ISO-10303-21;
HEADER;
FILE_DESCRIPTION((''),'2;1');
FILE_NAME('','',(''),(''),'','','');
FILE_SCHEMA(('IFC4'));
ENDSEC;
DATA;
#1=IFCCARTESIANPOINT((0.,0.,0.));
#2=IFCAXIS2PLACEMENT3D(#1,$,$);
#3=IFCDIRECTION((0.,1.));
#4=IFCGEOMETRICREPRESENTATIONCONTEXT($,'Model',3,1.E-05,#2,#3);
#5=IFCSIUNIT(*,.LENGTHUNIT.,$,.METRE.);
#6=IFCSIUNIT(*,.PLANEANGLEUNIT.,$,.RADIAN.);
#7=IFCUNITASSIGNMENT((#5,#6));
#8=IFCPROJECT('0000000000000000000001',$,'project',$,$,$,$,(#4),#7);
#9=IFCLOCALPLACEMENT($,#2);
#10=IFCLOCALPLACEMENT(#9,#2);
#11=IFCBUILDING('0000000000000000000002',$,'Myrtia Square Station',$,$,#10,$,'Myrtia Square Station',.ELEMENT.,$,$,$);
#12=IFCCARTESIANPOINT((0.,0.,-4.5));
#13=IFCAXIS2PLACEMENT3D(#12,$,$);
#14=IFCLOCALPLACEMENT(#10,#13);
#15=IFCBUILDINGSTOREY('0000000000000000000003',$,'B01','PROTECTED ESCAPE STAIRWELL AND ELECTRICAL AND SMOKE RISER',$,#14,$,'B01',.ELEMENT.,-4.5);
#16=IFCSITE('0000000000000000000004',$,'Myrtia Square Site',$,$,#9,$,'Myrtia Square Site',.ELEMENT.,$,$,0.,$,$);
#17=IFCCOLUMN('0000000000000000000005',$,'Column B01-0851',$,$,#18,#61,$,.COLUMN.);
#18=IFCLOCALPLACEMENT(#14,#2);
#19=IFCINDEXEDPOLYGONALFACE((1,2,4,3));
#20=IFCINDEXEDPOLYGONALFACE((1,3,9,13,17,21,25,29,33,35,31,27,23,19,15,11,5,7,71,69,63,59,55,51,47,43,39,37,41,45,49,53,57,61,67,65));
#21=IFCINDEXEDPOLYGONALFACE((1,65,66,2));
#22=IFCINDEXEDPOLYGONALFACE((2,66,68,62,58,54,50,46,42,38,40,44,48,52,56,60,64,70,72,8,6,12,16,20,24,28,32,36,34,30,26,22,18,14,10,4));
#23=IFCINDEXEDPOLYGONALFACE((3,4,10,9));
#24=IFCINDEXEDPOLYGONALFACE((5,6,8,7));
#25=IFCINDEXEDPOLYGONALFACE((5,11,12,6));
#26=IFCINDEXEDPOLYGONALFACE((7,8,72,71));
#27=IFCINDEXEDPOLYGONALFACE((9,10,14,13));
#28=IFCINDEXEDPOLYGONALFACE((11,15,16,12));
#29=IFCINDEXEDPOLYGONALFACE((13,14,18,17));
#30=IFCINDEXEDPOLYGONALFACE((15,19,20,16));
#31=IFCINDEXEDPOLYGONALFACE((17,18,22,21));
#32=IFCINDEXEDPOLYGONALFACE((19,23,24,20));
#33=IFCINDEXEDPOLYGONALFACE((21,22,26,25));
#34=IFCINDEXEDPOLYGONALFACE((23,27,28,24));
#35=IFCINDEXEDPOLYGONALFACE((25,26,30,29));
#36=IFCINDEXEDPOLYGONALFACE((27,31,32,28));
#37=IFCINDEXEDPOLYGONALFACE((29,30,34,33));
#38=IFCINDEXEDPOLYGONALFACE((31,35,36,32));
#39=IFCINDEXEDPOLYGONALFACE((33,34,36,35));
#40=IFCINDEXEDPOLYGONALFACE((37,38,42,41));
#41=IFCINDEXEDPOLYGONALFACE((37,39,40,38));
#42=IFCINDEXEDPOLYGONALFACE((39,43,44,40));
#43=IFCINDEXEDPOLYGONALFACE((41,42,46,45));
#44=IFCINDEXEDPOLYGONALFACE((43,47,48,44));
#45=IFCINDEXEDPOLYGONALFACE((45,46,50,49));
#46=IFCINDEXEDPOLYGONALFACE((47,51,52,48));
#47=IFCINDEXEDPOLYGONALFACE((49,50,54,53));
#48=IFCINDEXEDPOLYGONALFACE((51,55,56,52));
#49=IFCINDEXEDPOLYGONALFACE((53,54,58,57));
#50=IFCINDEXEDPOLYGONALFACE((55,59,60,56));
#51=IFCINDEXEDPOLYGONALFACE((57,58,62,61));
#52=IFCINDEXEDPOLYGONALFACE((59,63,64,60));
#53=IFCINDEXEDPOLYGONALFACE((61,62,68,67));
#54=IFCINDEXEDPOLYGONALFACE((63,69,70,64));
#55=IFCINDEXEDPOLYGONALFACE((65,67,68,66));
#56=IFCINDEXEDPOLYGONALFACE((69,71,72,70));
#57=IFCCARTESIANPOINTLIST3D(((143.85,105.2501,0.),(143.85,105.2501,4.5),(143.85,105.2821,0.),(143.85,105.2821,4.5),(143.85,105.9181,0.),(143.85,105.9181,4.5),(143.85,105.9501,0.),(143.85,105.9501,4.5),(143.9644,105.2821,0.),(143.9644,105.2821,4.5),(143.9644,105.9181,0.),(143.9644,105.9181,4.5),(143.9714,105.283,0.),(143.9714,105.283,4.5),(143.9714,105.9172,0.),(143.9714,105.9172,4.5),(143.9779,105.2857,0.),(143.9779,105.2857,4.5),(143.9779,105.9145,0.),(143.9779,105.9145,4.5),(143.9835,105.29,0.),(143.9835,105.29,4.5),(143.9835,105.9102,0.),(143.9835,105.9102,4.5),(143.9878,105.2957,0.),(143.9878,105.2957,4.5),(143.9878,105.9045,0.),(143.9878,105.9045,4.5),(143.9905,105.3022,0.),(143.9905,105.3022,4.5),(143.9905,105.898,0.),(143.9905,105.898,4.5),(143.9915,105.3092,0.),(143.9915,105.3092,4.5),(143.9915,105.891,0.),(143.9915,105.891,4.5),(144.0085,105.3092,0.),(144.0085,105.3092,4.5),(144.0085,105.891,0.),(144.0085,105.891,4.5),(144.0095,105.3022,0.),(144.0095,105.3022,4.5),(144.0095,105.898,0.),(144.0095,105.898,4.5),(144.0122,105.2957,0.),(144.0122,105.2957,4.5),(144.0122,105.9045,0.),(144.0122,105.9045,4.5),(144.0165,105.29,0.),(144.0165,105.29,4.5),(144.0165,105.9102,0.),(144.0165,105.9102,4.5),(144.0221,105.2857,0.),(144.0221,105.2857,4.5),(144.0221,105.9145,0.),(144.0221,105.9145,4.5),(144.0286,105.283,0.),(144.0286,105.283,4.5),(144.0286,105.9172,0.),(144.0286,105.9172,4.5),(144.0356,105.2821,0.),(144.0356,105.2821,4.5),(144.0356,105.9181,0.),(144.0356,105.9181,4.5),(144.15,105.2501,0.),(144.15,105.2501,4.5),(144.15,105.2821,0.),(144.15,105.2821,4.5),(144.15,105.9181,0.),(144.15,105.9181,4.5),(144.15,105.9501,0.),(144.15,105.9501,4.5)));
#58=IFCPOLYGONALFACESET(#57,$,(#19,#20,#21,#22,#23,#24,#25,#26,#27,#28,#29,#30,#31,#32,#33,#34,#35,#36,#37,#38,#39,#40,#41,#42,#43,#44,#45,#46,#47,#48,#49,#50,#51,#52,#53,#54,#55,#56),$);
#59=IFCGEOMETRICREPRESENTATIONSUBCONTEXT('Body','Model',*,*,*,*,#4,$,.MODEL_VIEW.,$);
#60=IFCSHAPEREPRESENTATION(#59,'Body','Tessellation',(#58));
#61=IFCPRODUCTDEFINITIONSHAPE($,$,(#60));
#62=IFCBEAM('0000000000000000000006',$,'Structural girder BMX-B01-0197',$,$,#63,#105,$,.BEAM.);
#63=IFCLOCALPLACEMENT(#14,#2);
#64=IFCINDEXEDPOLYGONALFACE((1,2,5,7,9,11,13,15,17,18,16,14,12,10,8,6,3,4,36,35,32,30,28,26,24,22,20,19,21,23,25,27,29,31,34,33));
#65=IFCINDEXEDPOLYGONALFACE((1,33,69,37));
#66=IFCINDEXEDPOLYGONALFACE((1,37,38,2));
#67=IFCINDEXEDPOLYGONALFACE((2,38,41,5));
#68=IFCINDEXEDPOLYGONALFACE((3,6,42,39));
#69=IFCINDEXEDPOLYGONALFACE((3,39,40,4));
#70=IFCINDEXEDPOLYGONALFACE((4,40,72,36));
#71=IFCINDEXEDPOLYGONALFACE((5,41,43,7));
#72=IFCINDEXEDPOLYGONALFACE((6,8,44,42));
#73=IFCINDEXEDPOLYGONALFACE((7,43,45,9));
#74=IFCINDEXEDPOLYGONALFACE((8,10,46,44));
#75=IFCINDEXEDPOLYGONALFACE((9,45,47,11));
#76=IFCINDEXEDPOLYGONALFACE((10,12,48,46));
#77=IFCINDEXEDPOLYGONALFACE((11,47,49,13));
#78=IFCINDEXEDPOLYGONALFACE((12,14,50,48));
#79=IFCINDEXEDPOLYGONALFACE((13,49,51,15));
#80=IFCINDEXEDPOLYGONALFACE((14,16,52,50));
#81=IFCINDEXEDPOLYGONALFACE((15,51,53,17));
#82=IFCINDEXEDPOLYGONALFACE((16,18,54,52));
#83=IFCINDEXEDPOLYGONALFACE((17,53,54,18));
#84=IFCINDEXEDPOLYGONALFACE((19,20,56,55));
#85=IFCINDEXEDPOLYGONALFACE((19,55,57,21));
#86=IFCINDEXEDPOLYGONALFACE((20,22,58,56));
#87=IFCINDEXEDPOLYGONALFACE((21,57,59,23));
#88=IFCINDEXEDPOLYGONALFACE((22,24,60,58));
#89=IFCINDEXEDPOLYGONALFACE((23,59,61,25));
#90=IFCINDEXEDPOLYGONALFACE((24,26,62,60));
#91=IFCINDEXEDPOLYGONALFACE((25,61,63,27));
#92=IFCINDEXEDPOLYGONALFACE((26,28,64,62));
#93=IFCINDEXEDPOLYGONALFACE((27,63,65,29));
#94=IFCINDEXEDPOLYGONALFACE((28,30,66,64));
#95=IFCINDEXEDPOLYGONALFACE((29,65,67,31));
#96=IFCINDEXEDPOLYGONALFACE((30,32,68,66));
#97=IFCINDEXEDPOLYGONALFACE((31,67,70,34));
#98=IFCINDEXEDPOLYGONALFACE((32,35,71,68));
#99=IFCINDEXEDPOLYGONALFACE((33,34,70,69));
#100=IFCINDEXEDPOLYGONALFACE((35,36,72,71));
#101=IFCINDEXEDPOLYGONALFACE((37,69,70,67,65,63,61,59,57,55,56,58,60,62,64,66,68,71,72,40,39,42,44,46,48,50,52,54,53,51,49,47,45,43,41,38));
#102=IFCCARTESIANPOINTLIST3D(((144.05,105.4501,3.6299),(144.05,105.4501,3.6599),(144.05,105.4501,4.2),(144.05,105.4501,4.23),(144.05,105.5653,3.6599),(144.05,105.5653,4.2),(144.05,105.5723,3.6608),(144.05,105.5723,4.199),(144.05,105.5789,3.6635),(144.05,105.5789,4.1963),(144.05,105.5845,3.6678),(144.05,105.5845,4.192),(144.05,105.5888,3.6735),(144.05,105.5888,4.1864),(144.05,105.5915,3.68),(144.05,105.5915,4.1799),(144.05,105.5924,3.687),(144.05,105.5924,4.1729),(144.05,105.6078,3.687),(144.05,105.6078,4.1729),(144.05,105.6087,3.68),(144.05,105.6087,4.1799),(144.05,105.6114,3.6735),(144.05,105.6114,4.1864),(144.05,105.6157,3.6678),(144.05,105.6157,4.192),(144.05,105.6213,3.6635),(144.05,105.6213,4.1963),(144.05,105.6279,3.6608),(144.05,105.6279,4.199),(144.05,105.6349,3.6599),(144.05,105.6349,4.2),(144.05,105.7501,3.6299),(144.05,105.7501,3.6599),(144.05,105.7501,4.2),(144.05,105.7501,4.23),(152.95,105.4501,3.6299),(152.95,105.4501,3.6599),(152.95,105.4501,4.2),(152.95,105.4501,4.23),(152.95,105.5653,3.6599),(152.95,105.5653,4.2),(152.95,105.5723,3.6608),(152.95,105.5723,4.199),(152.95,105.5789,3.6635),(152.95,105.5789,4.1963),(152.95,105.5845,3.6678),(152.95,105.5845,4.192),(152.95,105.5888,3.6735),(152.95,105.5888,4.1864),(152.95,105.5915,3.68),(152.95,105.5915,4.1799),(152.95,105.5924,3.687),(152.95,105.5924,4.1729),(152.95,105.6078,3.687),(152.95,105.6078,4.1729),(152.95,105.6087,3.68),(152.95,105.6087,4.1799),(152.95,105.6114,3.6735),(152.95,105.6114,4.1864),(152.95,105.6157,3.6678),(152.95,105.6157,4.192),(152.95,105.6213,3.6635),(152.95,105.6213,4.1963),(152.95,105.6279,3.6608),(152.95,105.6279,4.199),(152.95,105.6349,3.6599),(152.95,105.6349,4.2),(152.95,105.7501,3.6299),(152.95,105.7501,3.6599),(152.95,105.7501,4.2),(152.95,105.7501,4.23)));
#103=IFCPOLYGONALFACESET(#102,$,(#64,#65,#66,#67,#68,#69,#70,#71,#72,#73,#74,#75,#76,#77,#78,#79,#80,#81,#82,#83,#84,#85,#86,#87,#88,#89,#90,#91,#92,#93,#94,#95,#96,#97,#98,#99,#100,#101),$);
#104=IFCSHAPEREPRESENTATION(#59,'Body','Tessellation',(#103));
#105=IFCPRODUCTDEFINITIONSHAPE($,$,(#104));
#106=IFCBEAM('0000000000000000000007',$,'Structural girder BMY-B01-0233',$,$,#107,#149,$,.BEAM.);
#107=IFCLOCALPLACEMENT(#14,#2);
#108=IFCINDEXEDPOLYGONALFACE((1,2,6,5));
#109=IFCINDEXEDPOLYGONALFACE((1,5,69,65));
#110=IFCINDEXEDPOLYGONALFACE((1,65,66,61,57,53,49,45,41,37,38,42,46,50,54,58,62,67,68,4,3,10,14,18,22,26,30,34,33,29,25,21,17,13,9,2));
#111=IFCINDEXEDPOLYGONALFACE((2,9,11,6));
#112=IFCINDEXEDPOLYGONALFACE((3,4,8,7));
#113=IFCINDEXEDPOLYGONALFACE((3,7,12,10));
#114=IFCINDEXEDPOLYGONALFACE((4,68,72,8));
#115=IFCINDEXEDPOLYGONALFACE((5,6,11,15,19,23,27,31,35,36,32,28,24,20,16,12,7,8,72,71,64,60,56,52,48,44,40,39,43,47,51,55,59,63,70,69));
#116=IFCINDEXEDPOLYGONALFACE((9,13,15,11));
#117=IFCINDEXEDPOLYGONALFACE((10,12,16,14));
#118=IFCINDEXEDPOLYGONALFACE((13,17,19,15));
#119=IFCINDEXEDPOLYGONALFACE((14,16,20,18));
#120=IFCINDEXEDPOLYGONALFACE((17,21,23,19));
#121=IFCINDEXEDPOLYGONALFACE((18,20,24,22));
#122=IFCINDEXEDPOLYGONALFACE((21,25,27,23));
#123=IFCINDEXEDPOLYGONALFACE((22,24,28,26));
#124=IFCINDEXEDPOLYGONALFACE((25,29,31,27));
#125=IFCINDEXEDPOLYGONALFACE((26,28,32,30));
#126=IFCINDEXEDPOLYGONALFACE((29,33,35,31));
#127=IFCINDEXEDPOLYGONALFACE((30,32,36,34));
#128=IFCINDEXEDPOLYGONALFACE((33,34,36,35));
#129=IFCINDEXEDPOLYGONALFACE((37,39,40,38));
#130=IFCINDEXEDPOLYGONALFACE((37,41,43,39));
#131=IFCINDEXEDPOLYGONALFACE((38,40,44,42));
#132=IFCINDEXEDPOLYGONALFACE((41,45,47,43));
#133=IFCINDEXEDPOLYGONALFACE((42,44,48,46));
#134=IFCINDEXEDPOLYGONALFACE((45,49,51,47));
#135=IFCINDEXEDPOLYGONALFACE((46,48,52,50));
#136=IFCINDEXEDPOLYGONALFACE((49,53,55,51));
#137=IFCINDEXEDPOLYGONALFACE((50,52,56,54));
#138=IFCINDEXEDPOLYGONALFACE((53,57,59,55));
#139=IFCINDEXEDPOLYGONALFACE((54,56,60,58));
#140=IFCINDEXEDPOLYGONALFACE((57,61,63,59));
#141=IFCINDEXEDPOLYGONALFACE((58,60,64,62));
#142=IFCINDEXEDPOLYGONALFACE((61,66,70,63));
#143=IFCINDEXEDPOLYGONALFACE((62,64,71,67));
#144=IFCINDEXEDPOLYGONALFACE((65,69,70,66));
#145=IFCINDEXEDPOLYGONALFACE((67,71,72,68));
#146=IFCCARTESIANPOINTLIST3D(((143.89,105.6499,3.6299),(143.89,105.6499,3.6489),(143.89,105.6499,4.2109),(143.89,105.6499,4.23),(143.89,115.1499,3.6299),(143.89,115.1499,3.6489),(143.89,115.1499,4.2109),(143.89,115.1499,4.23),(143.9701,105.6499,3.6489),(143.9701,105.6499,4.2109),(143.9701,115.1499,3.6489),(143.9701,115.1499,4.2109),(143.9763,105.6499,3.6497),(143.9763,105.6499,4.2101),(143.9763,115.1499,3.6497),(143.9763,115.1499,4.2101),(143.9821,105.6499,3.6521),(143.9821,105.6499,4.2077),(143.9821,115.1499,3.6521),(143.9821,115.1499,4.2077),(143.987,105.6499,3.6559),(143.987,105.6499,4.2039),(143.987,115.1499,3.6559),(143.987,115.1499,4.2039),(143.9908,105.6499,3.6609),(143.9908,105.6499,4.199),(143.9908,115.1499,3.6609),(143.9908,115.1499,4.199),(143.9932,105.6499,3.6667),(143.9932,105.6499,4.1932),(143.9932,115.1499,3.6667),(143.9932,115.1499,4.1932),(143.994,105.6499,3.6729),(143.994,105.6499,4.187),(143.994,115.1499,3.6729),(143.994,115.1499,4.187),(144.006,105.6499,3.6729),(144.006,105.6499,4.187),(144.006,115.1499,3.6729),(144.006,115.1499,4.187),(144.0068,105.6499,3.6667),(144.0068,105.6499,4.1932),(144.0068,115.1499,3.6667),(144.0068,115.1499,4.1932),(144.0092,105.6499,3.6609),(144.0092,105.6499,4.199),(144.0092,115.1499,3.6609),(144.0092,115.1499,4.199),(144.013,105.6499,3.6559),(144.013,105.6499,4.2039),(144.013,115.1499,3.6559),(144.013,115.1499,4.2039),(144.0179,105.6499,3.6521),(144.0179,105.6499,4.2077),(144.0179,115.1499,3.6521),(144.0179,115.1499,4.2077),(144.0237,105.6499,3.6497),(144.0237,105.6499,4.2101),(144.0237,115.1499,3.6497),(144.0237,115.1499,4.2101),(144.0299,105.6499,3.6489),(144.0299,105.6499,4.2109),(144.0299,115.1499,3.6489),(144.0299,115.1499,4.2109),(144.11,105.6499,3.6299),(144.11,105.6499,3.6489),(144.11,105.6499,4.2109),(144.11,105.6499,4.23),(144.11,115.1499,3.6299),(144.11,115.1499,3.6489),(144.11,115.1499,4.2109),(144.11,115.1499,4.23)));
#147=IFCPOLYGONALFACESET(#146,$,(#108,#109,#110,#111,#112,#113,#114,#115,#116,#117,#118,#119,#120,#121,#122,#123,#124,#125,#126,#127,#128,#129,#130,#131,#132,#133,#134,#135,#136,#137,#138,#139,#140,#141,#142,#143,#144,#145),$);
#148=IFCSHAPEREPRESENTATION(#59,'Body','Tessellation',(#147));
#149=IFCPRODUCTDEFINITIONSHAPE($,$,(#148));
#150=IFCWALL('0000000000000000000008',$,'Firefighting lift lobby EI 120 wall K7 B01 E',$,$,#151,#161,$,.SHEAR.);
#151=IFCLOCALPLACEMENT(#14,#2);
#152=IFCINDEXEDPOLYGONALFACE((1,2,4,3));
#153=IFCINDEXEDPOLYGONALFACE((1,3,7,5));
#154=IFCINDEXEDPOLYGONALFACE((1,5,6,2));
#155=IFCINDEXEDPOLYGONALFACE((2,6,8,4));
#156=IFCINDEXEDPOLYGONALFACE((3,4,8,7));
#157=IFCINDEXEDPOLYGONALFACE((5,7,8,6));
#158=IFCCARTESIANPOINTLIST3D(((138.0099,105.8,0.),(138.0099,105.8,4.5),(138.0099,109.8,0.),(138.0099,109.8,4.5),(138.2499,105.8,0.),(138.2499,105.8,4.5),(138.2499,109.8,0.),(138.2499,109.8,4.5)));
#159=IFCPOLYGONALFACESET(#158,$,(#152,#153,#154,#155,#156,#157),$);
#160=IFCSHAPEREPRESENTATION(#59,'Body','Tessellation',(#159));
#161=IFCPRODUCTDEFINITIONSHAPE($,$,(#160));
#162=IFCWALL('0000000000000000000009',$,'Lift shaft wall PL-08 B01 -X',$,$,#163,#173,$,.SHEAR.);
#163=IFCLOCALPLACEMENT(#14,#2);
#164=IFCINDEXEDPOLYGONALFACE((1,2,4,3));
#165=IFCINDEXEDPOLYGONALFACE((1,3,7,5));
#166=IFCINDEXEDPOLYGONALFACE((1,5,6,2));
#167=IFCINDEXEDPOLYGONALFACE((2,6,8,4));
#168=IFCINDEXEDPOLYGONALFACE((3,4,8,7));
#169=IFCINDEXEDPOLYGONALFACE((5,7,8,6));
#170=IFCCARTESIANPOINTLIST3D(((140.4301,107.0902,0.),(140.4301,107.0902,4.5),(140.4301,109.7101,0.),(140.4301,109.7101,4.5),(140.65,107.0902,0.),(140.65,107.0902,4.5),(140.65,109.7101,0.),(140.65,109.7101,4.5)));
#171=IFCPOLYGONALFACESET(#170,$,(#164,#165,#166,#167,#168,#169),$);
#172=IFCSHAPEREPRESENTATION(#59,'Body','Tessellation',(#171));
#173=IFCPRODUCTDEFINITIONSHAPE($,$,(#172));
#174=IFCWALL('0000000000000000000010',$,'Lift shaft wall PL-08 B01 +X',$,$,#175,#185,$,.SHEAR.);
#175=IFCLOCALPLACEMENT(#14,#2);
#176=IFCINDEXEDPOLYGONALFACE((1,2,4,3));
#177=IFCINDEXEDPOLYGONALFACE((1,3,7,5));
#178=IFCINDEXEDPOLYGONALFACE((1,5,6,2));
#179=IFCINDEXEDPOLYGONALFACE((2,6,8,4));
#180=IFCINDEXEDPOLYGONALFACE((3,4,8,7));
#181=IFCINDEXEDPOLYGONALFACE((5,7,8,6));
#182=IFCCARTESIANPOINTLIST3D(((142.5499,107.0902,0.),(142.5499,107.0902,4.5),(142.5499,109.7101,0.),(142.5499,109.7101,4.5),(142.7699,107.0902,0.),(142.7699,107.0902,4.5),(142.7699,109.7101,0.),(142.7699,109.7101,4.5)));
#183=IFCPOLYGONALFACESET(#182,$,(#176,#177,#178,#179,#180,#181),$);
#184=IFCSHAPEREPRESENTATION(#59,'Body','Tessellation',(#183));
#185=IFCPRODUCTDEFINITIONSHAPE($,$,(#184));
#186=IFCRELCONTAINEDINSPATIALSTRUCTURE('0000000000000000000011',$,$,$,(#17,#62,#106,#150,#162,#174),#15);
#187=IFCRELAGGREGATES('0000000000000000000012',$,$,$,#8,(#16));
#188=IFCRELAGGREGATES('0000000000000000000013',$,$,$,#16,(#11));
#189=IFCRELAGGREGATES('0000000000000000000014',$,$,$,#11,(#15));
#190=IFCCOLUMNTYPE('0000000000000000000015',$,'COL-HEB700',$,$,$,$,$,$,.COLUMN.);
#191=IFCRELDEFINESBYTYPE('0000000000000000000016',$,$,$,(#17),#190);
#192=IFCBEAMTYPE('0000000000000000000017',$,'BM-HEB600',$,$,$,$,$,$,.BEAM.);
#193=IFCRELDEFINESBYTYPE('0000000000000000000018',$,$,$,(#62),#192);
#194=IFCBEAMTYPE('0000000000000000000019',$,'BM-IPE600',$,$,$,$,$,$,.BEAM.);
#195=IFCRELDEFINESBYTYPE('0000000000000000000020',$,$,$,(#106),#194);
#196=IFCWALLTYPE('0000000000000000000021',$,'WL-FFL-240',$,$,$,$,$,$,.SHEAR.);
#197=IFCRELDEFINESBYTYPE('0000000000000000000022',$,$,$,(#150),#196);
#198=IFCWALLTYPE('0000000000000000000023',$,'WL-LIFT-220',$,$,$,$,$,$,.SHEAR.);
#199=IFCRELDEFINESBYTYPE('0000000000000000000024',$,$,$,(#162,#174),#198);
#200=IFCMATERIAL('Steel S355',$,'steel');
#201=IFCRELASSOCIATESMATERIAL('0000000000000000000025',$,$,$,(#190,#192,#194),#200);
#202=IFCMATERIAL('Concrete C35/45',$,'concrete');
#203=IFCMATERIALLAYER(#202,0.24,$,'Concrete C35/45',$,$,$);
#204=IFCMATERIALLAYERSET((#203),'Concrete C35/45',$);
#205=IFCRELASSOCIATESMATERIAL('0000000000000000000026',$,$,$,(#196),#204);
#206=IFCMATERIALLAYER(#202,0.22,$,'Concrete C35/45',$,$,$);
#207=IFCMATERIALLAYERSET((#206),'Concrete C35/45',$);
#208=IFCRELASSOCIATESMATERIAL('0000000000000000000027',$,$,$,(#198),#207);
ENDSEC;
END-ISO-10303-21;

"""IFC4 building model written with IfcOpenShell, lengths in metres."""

from ifc_helpers import new_model, si_unit, direction, frame, frame_2d, origin, origin_2d, place, context, subcontext, project, spatial, rectangle, i_section, extrude, material, layer, layer_set, material_profile, profile_set, type_object, element, save


model = new_model("IFC4")

# Units and contexts
model_context = context("Model", 3, precision=1e-05, world=origin(), true_north=direction((0.0, 1.0)))
body_context = subcontext(model_context, "Body", "Model", "MODEL_VIEW")
ifc_project = project(units=[si_unit("LENGTHUNIT", "METRE"), si_unit("PLANEANGLEUNIT", "RADIAN")], contexts=[model_context])

# Site, building, storey
site_placement = place(None, origin())
site = spatial("IfcSite", under=ifc_project, at=site_placement, Name="Myrtia Square Site", LongName="Myrtia Square Site", CompositionType="ELEMENT", RefElevation=0.0)
building_placement = place(site_placement, origin())
building = spatial("IfcBuilding", under=site, at=building_placement, Name="Myrtia Square Station", LongName="Myrtia Square Station", CompositionType="ELEMENT")
storey_placement = place(building_placement, frame((0.0, 0.0, -4.5)))
storey = spatial("IfcBuildingStorey", under=building, at=storey_placement, Name="B01", Description="PROTECTED ESCAPE STAIRWELL AND ELECTRICAL AND SMOKE RISER", LongName="B01", CompositionType="ELEMENT", Elevation=-4.5)

# Shared definitions
ifc_material_1 = material(Name="Concrete C35/45", Category="concrete")

# Column
ifc_material_2 = material(Name="Steel S355", Category="steel")
ifc_material_profile_1 = material_profile(ifc_material_2, i_section(OverallWidth=0.3, OverallDepth=0.7, WebThickness=0.0171, FlangeThickness=0.032, FilletRadius=0.0271, at=origin_2d()), Name="HEB 700")
ifc_profile_set_1 = profile_set([ifc_material_profile_1], Name="Steel S355")
column_type = type_object("IfcColumnType", Name="COL-HEB700", PredefinedType="COLUMN", material=ifc_profile_set_1)
column_placement = place(storey_placement, frame((144.0, 105.6001, 0.0), z_axis=(0.0, 0.0, 1.0), x_axis=(1.0, 0.0, 0.0)))
element("IfcColumn", 1, at=column_placement, inside=storey, type_object=column_type, Name="Column B01-0851", PredefinedType="COLUMN", context=body_context, shape_type="SweptSolid", body=[
    extrude(i_section(OverallWidth=0.3, OverallDepth=0.7, WebThickness=0.0171, FlangeThickness=0.032, FilletRadius=0.0271, at=origin_2d()), origin(), (0.0, 0.0, 1.0), 4.5),
])

# Beams
ifc_material_profile_2 = material_profile(ifc_material_2, i_section(OverallWidth=0.3, OverallDepth=0.6001, WebThickness=0.0154, FlangeThickness=0.03, FilletRadius=0.0271, at=origin_2d()), Name="HEB 600")
ifc_profile_set_2 = profile_set([ifc_material_profile_2], Name="Steel S355")
beam_type_1 = type_object("IfcBeamType", Name="BM-HEB600", PredefinedType="BEAM", material=ifc_profile_set_2)
beam_1_placement = place(storey_placement, frame((144.05, 105.6001, 3.9299), z_axis=(1.0, 0.0, 0.0), x_axis=(0.0, 1.0, 0.0)))
element("IfcBeam", 2, at=beam_1_placement, inside=storey, type_object=beam_type_1, Name="Structural girder BMX-B01-0197", PredefinedType="BEAM", context=body_context, shape_type="SweptSolid", body=[
    extrude(i_section(OverallWidth=0.3, OverallDepth=0.6001, WebThickness=0.0154, FlangeThickness=0.03, FilletRadius=0.0271, at=origin_2d()), origin(), (0.0, 0.0, 1.0), 8.8999),
])
ifc_material_profile_3 = material_profile(ifc_material_2, i_section(OverallWidth=0.22, OverallDepth=0.6001, WebThickness=0.012, FlangeThickness=0.019, FilletRadius=0.0239, at=origin_2d()), Name="IPE 600")
ifc_profile_set_3 = profile_set([ifc_material_profile_3], Name="Steel S355")
beam_type_2 = type_object("IfcBeamType", Name="BM-IPE600", PredefinedType="BEAM", material=ifc_profile_set_3)
beam_2_placement = place(storey_placement, frame((144.0, 105.6499, 3.9299), z_axis=(0.0, 1.0, 0.0), x_axis=(-1.0, 0.0, 0.0)))
element("IfcBeam", 3, at=beam_2_placement, inside=storey, type_object=beam_type_2, Name="Structural girder BMY-B01-0233", PredefinedType="BEAM", context=body_context, shape_type="SweptSolid", body=[
    extrude(i_section(OverallWidth=0.22, OverallDepth=0.6001, WebThickness=0.012, FlangeThickness=0.019, FilletRadius=0.0239, at=origin_2d()), origin(), (0.0, 0.0, 1.0), 9.5),
])

# Wall
ifc_layer_1 = layer(ifc_material_1, 0.24, Name="Concrete C35/45")
ifc_layer_set_1 = layer_set([ifc_layer_1], Name="Concrete C35/45")
wall_type_1 = type_object("IfcWallType", Name="WL-FFL-240", PredefinedType="SHEAR", material=ifc_layer_set_1)
wall_1_placement = place(storey_placement, frame((138.1299, 105.8, 0.0), z_axis=(0.0, 0.0, 1.0), x_axis=(0.0, 1.0, 0.0)))
element("IfcWall", 4, at=wall_1_placement, inside=storey, type_object=wall_type_1, Name="Firefighting lift lobby EI 120 wall K7 B01 E", PredefinedType="SHEAR", context=body_context, shape_type="SweptSolid", body=[
    extrude(rectangle(XDim=4.0, YDim=0.24, at=frame_2d((2.0, 0.0))), origin(), (0.0, 0.0, 1.0), 4.5),
])

# Shared definitions
ifc_layer_2 = layer(ifc_material_1, 0.22, Name="Concrete C35/45")
ifc_layer_set_2 = layer_set([ifc_layer_2], Name="Concrete C35/45")
wall_type_2 = type_object("IfcWallType", Name="WL-LIFT-220", PredefinedType="SHEAR", material=ifc_layer_set_2)

# Walls
for number, where, z_axis, x_axis, name in (
    (5, (140.54, 107.0901, 0.0), (0.0, 0.0, 1.0), (0.0, 1.0, 0.0), "Lift shaft wall PL-08 B01 -X"),
    (6, (142.6599, 107.0901, 0.0), (0.0, 0.0, 1.0), (0.0, 1.0, 0.0), "Lift shaft wall PL-08 B01 +X"),
):
    element("IfcWall", number, at=place(storey_placement, frame(where, z_axis=z_axis, x_axis=x_axis)), inside=storey, type_object=wall_type_2, Name=name, PredefinedType="SHEAR", context=body_context, shape_type="SweptSolid", body=[
        extrude(rectangle(XDim=2.6199, YDim=0.22, at=frame_2d((1.3101, 0.0))), origin(), (0.0, 0.0, 1.0), 4.5),
    ])

save(model, "model.ifc")
